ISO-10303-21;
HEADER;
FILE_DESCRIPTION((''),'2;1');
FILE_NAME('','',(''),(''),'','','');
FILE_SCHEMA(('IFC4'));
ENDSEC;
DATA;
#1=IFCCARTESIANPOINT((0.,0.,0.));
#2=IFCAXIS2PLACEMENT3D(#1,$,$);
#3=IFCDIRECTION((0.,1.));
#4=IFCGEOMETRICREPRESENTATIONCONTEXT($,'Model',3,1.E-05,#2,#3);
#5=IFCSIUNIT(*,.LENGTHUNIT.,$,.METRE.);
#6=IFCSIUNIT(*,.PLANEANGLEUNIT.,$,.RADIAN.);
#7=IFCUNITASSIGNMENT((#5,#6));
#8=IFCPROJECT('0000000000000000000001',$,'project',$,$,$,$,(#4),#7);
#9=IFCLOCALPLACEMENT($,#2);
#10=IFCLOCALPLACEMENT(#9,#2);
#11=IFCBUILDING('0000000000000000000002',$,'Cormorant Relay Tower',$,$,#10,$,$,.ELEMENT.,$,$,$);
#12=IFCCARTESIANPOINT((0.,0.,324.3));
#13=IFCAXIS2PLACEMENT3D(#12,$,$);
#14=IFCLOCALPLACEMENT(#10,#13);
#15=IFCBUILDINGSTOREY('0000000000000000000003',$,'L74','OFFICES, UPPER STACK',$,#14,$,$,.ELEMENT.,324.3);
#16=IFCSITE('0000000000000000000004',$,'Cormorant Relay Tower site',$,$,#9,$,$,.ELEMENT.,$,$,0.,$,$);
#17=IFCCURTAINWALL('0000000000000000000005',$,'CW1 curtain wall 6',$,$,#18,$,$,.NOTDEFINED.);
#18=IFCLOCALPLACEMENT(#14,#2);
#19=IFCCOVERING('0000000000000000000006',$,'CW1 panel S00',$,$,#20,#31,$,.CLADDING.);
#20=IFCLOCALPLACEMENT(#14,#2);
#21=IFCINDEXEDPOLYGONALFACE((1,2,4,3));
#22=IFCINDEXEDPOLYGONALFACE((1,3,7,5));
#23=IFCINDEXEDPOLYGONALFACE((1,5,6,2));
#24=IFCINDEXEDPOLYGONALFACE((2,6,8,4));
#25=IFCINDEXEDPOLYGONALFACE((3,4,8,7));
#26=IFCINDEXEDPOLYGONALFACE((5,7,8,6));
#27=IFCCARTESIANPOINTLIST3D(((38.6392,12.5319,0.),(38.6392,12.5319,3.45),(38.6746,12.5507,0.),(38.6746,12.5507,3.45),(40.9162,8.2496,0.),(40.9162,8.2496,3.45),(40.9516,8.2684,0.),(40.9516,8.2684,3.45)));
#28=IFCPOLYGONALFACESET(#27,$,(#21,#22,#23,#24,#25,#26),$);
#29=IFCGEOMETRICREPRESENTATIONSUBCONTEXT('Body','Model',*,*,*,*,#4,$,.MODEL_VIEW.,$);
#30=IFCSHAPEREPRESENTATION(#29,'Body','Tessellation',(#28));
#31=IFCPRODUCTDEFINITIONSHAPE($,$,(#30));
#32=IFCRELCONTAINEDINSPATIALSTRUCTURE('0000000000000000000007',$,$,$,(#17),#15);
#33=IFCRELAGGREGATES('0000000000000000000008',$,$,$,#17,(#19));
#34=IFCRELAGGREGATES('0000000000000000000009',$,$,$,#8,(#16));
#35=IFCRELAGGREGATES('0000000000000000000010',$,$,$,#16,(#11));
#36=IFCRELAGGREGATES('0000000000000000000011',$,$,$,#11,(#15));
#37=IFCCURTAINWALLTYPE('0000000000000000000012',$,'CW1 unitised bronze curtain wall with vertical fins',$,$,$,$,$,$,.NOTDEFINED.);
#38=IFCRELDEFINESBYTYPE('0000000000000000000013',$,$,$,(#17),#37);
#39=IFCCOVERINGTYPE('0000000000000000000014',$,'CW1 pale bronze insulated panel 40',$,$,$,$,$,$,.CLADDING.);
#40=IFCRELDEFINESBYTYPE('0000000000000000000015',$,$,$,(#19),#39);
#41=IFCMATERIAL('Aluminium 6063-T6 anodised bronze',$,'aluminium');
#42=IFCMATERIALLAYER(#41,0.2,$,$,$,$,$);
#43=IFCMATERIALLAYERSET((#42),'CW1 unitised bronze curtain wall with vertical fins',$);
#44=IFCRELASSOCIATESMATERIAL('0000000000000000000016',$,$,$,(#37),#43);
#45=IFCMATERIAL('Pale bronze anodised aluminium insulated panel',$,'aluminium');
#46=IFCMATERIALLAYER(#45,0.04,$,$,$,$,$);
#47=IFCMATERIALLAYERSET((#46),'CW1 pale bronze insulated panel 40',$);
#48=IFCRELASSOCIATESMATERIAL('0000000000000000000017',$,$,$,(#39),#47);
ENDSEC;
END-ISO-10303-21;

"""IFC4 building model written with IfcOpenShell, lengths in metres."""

from ifc_helpers import new_model, si_unit, direction, frame, origin, origin_2d, place, context, subcontext, project, spatial, rectangle, extrude, material, layer, layer_set, type_object, element, aggregate, save


model = new_model("IFC4")

# Units and contexts
model_context = context("Model", 3, precision=1e-05, world=origin(), true_north=direction((0.0, 1.0)))
body_context = subcontext(model_context, "Body", "Model", "MODEL_VIEW")
ifc_project = project(units=[si_unit("LENGTHUNIT", "METRE"), si_unit("PLANEANGLEUNIT", "RADIAN")], contexts=[model_context])

# Site, building, storey
site_placement = place(None, origin())
site = spatial("IfcSite", under=ifc_project, at=site_placement, Name="Cormorant Relay Tower site", CompositionType="ELEMENT", RefElevation=0.0)
building_placement = place(site_placement, origin())
building = spatial("IfcBuilding", under=site, at=building_placement, Name="Cormorant Relay Tower", CompositionType="ELEMENT")
storey_placement = place(building_placement, frame((0.0, 0.0, 324.3)))
storey = spatial("IfcBuildingStorey", under=building, at=storey_placement, Name="L74", Description="OFFICES, UPPER STACK", CompositionType="ELEMENT", Elevation=324.3)

# Shared definitions
ifc_material_1 = material(Name="Aluminium 6063-T6 anodised bronze", Category="aluminium")
ifc_layer_1 = layer(ifc_material_1, 0.2)
ifc_layer_set_1 = layer_set([ifc_layer_1], Name="CW1 unitised bronze curtain wall with vertical fins")
curtain_wall_type = type_object("IfcCurtainWallType", Name="CW1 unitised bronze curtain wall with vertical fins", PredefinedType="NOTDEFINED", material=ifc_layer_set_1)

# Curtain wall
curtain_wall_1_placement = place(storey_placement, origin())
curtain_wall_1 = element("IfcCurtainWall", 1, at=curtain_wall_1_placement, inside=storey, type_object=curtain_wall_type, Name="CW1 curtain wall 6", PredefinedType="NOTDEFINED")

# Shared definitions
ifc_material_2 = material(Name="Pale bronze anodised aluminium insulated panel", Category="aluminium")
ifc_layer_2 = layer(ifc_material_2, 0.04)
ifc_layer_set_2 = layer_set([ifc_layer_2], Name="CW1 pale bronze insulated panel 40")
covering_type = type_object("IfcCoveringType", Name="CW1 pale bronze insulated panel 40", PredefinedType="CLADDING", material=ifc_layer_set_2)

# Covering
covering_1_placement = place(storey_placement, frame((39.7954, 10.4001, 0.0), z_axis=(0.0, 0.0, 1.0), x_axis=(-0.469472, 0.882948, 0.0)))
covering_1 = element("IfcCovering", 2, at=covering_1_placement, type_object=covering_type, Name="CW1 panel S00", PredefinedType="CLADDING", context=body_context, shape_type="SweptSolid", body=[
    extrude(rectangle(XDim=4.8501, YDim=0.04, at=origin_2d()), origin(), (0.0, 0.0, 1.0), 3.45),
])
aggregate(curtain_wall_1, [covering_1])

save(model, "model.ifc")
